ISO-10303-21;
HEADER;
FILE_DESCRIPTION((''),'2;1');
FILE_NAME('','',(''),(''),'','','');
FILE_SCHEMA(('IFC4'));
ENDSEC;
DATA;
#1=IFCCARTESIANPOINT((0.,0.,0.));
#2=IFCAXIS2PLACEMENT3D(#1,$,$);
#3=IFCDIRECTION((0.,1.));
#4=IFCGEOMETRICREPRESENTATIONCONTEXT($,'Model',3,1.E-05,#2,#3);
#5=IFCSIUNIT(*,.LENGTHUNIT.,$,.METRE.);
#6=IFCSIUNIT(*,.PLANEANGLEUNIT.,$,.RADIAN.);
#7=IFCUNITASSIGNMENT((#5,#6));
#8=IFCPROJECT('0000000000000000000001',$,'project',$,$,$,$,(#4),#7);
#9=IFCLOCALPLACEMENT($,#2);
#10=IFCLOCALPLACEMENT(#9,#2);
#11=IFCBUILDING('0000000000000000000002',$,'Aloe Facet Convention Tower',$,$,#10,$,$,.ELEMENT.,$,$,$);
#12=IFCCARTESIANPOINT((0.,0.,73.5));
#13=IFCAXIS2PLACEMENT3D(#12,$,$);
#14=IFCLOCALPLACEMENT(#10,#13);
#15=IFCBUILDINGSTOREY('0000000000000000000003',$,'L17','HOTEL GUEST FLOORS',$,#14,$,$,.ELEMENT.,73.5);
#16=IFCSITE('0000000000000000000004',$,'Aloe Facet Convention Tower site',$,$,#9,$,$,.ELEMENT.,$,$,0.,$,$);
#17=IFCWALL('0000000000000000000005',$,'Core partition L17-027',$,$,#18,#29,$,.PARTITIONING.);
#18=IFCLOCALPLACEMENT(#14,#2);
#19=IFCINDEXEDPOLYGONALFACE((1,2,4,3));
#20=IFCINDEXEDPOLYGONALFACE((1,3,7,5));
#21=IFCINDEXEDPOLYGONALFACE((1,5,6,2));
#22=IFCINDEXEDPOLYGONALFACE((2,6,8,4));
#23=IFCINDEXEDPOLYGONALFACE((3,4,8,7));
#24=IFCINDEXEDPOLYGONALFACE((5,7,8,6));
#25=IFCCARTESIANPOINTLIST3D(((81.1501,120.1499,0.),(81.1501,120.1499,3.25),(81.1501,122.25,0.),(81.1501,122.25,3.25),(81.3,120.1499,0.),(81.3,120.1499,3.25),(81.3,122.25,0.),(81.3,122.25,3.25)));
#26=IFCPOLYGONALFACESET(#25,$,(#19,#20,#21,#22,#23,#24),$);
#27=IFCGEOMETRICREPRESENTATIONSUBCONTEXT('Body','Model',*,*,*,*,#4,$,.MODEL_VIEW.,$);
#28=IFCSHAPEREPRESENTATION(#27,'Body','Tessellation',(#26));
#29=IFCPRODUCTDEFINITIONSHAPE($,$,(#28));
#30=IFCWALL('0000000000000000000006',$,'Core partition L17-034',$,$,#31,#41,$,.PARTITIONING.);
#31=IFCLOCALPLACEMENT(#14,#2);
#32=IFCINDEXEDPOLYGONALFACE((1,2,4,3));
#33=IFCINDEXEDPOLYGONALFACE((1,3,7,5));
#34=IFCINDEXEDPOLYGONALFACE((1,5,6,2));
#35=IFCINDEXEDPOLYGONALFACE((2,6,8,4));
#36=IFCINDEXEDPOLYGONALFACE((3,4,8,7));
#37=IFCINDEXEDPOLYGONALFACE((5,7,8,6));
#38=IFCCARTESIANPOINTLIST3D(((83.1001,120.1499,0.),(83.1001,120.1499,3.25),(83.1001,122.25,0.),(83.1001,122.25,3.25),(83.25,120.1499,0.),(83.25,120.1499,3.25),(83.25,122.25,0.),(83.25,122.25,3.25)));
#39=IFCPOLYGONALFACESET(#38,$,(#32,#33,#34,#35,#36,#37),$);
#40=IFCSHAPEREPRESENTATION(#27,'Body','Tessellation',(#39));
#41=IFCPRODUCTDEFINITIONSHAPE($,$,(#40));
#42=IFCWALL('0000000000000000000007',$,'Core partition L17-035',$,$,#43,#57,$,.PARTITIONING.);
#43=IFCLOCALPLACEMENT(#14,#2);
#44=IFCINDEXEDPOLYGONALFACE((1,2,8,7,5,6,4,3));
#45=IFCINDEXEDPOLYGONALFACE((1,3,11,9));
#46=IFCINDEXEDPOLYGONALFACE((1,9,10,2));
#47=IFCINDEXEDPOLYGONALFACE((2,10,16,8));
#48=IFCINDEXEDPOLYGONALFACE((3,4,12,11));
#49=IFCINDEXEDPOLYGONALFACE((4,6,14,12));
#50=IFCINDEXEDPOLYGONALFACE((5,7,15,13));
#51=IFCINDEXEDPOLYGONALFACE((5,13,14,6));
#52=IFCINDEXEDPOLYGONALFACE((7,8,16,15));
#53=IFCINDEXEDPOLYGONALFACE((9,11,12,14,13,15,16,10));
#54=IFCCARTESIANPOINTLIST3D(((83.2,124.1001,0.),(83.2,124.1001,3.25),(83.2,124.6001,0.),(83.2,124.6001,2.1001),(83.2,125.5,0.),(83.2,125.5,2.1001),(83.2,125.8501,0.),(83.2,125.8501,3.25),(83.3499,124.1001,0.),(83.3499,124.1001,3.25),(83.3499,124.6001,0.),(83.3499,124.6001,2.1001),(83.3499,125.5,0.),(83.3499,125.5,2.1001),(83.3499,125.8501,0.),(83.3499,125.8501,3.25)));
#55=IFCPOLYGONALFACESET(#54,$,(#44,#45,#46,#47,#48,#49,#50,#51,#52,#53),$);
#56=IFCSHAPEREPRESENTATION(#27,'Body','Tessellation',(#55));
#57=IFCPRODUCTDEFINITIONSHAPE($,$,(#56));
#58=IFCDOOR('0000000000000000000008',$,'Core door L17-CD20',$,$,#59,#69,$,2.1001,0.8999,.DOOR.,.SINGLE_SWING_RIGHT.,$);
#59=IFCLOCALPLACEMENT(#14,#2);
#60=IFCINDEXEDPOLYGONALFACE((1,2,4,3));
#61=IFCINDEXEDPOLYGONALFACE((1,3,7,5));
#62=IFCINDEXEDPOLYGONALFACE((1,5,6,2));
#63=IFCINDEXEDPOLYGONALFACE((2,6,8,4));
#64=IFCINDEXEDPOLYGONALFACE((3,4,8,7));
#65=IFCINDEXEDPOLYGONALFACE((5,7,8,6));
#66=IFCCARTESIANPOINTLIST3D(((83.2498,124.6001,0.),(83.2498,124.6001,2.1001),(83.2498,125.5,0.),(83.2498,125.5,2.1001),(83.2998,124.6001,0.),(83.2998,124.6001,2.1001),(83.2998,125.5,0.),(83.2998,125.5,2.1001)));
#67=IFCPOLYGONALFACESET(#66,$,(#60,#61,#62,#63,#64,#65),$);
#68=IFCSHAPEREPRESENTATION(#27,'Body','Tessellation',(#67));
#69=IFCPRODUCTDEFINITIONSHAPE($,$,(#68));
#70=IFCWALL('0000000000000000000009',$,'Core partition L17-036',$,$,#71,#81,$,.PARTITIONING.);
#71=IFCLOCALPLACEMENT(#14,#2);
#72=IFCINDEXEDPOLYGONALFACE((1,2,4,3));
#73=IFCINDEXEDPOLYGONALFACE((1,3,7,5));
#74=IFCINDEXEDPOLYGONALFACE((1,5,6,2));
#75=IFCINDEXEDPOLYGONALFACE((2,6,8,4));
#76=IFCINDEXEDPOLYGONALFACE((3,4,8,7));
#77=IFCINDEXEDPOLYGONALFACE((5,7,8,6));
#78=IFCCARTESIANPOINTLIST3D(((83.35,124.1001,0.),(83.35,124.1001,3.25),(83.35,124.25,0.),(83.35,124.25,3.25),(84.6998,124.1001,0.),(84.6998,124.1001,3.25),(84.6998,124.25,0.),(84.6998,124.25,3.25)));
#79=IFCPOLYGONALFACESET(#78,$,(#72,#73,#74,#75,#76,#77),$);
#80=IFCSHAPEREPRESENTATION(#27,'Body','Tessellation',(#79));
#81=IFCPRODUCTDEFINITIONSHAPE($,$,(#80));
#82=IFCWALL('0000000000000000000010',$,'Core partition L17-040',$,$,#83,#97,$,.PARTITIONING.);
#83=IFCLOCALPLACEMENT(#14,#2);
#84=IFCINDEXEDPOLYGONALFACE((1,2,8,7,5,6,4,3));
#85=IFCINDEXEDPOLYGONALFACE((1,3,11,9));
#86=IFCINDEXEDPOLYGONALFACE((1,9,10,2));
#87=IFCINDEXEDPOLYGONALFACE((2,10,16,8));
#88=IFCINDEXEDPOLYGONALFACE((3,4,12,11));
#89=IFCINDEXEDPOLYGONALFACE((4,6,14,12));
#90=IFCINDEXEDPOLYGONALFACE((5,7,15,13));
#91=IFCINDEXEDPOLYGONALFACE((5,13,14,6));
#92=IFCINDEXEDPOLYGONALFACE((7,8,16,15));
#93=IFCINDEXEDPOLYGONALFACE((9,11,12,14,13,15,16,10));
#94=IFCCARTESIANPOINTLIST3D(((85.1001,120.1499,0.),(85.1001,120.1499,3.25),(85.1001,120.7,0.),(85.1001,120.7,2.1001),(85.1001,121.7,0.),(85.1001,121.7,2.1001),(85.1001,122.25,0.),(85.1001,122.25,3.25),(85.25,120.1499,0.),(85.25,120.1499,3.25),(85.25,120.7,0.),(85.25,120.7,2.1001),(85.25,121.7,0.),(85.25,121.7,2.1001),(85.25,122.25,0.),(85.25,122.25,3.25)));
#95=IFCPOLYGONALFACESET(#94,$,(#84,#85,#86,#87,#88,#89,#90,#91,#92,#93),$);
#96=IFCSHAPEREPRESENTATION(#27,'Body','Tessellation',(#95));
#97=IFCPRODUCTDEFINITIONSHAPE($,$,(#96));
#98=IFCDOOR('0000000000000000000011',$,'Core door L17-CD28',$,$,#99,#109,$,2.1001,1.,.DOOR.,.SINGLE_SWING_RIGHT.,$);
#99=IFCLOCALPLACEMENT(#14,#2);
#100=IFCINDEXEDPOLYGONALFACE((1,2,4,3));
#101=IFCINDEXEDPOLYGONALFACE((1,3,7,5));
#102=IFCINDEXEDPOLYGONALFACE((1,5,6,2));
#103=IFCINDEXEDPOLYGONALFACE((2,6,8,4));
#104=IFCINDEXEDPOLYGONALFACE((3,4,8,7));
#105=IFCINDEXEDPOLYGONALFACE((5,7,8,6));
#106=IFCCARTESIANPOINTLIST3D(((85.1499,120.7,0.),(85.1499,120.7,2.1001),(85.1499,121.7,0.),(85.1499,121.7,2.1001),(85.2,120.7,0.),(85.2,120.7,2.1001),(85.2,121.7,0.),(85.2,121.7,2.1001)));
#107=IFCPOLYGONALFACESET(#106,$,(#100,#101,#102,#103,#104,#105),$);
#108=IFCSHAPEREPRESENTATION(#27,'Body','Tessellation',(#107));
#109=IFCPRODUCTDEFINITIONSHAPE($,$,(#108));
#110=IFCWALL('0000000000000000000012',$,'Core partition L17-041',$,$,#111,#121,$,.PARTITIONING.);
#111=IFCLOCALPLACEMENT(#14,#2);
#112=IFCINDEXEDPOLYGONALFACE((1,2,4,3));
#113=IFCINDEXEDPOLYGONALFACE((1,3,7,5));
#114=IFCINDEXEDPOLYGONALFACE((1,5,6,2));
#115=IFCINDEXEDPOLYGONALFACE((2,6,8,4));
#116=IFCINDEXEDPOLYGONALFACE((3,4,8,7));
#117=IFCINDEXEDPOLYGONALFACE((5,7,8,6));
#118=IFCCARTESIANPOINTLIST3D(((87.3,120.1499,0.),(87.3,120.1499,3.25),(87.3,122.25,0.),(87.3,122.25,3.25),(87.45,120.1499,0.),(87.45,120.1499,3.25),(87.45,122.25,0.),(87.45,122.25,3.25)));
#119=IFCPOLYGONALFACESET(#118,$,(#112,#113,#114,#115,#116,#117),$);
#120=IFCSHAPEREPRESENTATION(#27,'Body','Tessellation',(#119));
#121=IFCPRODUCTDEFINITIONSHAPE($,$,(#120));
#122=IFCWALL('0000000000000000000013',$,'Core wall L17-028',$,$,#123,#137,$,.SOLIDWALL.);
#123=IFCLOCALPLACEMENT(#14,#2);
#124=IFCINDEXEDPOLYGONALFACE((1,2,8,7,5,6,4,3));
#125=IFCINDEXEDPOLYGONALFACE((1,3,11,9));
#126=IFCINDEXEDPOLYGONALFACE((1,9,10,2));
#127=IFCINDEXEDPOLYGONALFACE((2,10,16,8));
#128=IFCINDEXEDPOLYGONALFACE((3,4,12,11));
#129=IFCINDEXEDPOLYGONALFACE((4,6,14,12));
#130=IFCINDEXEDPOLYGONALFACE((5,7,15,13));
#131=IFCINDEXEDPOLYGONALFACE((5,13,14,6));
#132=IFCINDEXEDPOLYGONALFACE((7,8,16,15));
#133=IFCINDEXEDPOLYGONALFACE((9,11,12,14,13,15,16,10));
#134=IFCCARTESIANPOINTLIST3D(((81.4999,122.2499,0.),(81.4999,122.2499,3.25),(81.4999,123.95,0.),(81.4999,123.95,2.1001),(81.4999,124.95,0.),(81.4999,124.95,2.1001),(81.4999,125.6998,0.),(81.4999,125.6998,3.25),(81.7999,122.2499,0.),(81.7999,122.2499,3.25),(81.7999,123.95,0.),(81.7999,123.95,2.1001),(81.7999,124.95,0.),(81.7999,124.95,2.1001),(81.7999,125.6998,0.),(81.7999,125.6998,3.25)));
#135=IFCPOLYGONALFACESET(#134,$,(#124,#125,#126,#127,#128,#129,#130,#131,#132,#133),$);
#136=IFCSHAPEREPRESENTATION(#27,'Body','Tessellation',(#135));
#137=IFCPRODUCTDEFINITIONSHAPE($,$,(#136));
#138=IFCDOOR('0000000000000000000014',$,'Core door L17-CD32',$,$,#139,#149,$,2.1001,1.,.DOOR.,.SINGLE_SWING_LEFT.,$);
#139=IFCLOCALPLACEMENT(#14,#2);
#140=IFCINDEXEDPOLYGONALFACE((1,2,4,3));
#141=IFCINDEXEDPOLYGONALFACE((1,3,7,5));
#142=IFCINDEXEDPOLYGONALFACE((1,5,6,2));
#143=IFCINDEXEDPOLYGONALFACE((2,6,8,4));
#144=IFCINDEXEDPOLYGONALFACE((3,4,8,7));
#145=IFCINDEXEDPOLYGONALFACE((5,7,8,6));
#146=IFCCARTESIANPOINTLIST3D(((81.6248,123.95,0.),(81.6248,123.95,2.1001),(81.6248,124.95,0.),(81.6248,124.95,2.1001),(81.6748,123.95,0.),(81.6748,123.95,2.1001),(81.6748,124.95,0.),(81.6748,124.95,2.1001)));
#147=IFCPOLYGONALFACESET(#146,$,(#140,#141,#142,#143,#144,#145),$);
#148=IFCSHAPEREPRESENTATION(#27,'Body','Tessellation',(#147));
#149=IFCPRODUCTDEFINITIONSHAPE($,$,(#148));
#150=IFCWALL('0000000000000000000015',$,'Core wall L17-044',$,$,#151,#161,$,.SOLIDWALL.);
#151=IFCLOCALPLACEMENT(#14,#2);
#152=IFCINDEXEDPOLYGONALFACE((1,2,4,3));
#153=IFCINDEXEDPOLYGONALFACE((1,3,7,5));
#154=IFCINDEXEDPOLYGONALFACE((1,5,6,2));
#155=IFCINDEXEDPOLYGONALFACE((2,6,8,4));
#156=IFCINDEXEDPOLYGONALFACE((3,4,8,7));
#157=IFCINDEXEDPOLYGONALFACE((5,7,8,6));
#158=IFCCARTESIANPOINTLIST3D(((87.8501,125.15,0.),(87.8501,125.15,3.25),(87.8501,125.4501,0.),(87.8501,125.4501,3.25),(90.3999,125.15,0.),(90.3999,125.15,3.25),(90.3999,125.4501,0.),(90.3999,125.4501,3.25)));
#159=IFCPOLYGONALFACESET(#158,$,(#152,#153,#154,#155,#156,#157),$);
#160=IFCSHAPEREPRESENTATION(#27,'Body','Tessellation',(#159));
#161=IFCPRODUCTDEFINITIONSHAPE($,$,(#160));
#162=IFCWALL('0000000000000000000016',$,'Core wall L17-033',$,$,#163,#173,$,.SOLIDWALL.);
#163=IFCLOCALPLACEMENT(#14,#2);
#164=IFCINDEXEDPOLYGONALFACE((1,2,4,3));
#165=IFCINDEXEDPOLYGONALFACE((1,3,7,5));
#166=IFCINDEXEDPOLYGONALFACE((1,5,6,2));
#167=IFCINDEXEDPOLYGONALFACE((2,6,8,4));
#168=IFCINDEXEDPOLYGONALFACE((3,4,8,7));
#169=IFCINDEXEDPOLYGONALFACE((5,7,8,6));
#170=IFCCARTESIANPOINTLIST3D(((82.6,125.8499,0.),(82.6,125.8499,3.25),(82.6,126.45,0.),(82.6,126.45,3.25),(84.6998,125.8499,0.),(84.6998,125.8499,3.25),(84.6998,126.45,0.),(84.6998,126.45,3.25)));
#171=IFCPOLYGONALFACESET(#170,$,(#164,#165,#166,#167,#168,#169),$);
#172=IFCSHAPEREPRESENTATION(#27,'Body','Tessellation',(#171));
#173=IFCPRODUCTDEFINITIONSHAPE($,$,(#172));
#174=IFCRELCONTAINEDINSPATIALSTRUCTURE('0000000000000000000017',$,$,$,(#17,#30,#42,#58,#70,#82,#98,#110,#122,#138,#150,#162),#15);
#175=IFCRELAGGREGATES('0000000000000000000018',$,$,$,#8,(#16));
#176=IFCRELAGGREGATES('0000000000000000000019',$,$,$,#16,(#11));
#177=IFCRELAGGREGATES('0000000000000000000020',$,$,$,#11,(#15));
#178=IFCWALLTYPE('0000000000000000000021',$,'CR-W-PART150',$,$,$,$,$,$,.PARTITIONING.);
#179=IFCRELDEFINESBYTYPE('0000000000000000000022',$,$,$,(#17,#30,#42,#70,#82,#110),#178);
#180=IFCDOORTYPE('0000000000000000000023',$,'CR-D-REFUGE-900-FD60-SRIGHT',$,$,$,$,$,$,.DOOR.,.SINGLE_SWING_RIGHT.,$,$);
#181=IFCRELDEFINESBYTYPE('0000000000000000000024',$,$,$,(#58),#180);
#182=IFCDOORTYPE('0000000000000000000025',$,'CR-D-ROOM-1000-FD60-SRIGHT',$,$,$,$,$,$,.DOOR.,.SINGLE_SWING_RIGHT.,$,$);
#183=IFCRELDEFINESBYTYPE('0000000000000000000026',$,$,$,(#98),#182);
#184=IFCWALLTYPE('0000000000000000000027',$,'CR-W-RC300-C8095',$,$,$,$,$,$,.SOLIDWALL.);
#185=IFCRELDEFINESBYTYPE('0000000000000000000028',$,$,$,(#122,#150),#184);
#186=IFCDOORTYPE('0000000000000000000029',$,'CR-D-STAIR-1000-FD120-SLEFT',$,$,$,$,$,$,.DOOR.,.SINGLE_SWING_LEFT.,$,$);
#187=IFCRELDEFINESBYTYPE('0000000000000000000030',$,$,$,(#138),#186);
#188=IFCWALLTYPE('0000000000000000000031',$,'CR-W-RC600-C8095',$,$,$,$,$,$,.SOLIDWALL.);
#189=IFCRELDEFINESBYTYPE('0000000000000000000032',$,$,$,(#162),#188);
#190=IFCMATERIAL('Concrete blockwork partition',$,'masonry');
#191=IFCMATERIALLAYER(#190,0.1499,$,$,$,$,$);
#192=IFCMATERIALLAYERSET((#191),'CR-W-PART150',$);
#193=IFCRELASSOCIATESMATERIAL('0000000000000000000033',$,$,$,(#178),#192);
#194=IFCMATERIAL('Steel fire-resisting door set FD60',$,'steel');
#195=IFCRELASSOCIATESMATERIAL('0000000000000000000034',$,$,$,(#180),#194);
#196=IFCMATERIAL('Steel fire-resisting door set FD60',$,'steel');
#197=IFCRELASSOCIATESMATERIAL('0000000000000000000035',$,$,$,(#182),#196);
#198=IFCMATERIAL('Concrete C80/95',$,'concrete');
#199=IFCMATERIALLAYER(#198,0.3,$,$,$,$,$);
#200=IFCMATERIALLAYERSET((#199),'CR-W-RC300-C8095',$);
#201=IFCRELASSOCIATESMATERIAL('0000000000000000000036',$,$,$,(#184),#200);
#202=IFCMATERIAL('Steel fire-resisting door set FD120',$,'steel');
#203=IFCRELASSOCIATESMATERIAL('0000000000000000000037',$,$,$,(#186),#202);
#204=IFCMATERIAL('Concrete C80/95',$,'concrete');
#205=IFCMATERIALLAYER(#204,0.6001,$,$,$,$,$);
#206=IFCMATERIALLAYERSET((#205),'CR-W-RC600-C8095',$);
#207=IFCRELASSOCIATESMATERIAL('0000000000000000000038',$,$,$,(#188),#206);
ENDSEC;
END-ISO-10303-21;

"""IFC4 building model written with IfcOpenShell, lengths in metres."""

from ifc_helpers import new_model, si_unit, direction, frame, frame_2d, origin, place, context, subcontext, project, spatial, rectangle, extrude, material, layer, layer_set, type_object, element, fill, save


model = new_model("IFC4")

# Units and contexts
model_context = context("Model", 3, precision=1e-05, world=origin(), true_north=direction((0.0, 1.0)))
body_context = subcontext(model_context, "Body", "Model", "MODEL_VIEW")
ifc_project = project(units=[si_unit("LENGTHUNIT", "METRE"), si_unit("PLANEANGLEUNIT", "RADIAN")], contexts=[model_context])

# Site, building, storey
site_placement = place(None, origin())
site = spatial("IfcSite", under=ifc_project, at=site_placement, Name="Aloe Facet Convention Tower site", CompositionType="ELEMENT", RefElevation=0.0)
building_placement = place(site_placement, origin())
building = spatial("IfcBuilding", under=site, at=building_placement, Name="Aloe Facet Convention Tower", CompositionType="ELEMENT")
storey_placement = place(building_placement, frame((0.0, 0.0, 73.5)))
storey = spatial("IfcBuildingStorey", under=building, at=storey_placement, Name="L17", Description="HOTEL GUEST FLOORS", CompositionType="ELEMENT", Elevation=73.5)

# Walls
ifc_material_1 = material(Name="Concrete blockwork partition", Category="masonry")
ifc_layer_1 = layer(ifc_material_1, 0.1499)
ifc_layer_set_1 = layer_set([ifc_layer_1], Name="CR-W-PART150")
wall_type_1 = type_object("IfcWallType", Name="CR-W-PART150", PredefinedType="PARTITIONING", material=ifc_layer_set_1)
for number, where, z_axis, x_axis, name in (
    (1, (81.2251, 122.25, 0.0), (0.0, 0.0, 1.0), (0.0, -1.0, 0.0), "Core partition L17-027"),
    (2, (83.175, 122.25, 0.0), (0.0, 0.0, 1.0), (0.0, -1.0, 0.0), "Core partition L17-034"),
):
    element("IfcWall", number, at=place(storey_placement, frame(where, z_axis=z_axis, x_axis=x_axis)), inside=storey, type_object=wall_type_1, Name=name, PredefinedType="PARTITIONING", context=body_context, shape_type="SweptSolid", body=[
        extrude(rectangle(XDim=2.1001, YDim=0.1499, at=frame_2d((1.05, 0.0))), origin(), (0.0, 0.0, 1.0), 3.25),
    ])

# Wall, opening, door
wall_1_placement = place(storey_placement, frame((83.2749, 125.8501, 0.0), z_axis=(0.0, 0.0, 1.0), x_axis=(0.0, -1.0, 0.0)))
wall_1 = element("IfcWall", 3, at=wall_1_placement, inside=storey, type_object=wall_type_1, Name="Core partition L17-035", PredefinedType="PARTITIONING", context=body_context, shape_type="SweptSolid", body=[
    extrude(rectangle(XDim=1.75, YDim=0.1499, at=frame_2d((0.875, 0.0))), origin(), (0.0, 0.0, 1.0), 3.25),
])
opening_1_placement = place(wall_1_placement, frame((0.3501, 0.0, 0.0)))
opening_1 = element("IfcOpeningElement", 4, at=opening_1_placement, cuts=wall_1, PredefinedType="OPENING", context=body_context, shape_type="SweptSolid", body=[
    extrude(rectangle(XDim=0.8999, YDim=2.1001, at=frame_2d((0.45, 1.05))), frame((0.0, 0.085, 0.0), z_axis=(0.0, -1.0, 0.0), x_axis=(1.0, 0.0, 0.0)), (0.0, 0.0, 1.0), 0.1699),
])
ifc_material_2 = material(Name="Steel fire-resisting door set FD60", Category="steel")
door_type_1 = type_object("IfcDoorType", Name="CR-D-REFUGE-900-FD60-SRIGHT", OperationType="SINGLE_SWING_RIGHT", PredefinedType="DOOR", material=ifc_material_2)
door_1_placement = place(opening_1_placement, origin())
door_1 = element("IfcDoor", 5, at=door_1_placement, inside=storey, type_object=door_type_1, Name="Core door L17-CD20", OperationType="SINGLE_SWING_RIGHT", OverallHeight=2.1001, OverallWidth=0.8999, PredefinedType="DOOR", context=body_context, shape_type="SweptSolid", body=[
    extrude(rectangle(XDim=0.8999, YDim=2.1001, at=frame_2d((0.45, 1.05))), frame((0.0, 0.0249, 0.0), z_axis=(0.0, -1.0, 0.0), x_axis=(1.0, 0.0, 0.0)), (0.0, 0.0, 1.0), 0.05),
])
fill(opening_1, door_1)

# Wall
wall_2_placement = place(storey_placement, frame((83.3501, 124.175, 0.0), z_axis=(0.0, 0.0, 1.0), x_axis=(1.0, 0.0, 0.0)))
element("IfcWall", 6, at=wall_2_placement, inside=storey, type_object=wall_type_1, Name="Core partition L17-036", PredefinedType="PARTITIONING", context=body_context, shape_type="SweptSolid", body=[
    extrude(rectangle(XDim=1.3499, YDim=0.1499, at=frame_2d((0.6748, 0.0))), origin(), (0.0, 0.0, 1.0), 3.25),
])

# Wall, opening, door
wall_3_placement = place(storey_placement, frame((85.175, 122.25, 0.0), z_axis=(0.0, 0.0, 1.0), x_axis=(0.0, -1.0, 0.0)))
wall_3 = element("IfcWall", 7, at=wall_3_placement, inside=storey, type_object=wall_type_1, Name="Core partition L17-040", PredefinedType="PARTITIONING", context=body_context, shape_type="SweptSolid", body=[
    extrude(rectangle(XDim=2.1001, YDim=0.1499, at=frame_2d((1.05, 0.0))), origin(), (0.0, 0.0, 1.0), 3.25),
])
opening_2_placement = place(wall_3_placement, frame((0.55, 0.0, 0.0)))
opening_2 = element("IfcOpeningElement", 8, at=opening_2_placement, cuts=wall_3, PredefinedType="OPENING", context=body_context, shape_type="SweptSolid", body=[
    extrude(rectangle(XDim=1.0, YDim=2.1001, at=frame_2d((0.5, 1.05))), frame((0.0, 0.085, 0.0), z_axis=(0.0, -1.0, 0.0), x_axis=(1.0, 0.0, 0.0)), (0.0, 0.0, 1.0), 0.1699),
])
ifc_material_3 = material(Name="Steel fire-resisting door set FD60", Category="steel")
door_type_2 = type_object("IfcDoorType", Name="CR-D-ROOM-1000-FD60-SRIGHT", OperationType="SINGLE_SWING_RIGHT", PredefinedType="DOOR", material=ifc_material_3)
door_2_placement = place(opening_2_placement, origin())
door_2 = element("IfcDoor", 9, at=door_2_placement, inside=storey, type_object=door_type_2, Name="Core door L17-CD28", OperationType="SINGLE_SWING_RIGHT", OverallHeight=2.1001, OverallWidth=1.0, PredefinedType="DOOR", context=body_context, shape_type="SweptSolid", body=[
    extrude(rectangle(XDim=1.0, YDim=2.1001, at=frame_2d((0.5, 1.05))), frame((0.0, 0.0249, 0.0), z_axis=(0.0, -1.0, 0.0), x_axis=(1.0, 0.0, 0.0)), (0.0, 0.0, 1.0), 0.05),
])
fill(opening_2, door_2)

# Wall
wall_4_placement = place(storey_placement, frame((87.375, 122.25, 0.0), z_axis=(0.0, 0.0, 1.0), x_axis=(0.0, -1.0, 0.0)))
element("IfcWall", 10, at=wall_4_placement, inside=storey, type_object=wall_type_1, Name="Core partition L17-041", PredefinedType="PARTITIONING", context=body_context, shape_type="SweptSolid", body=[
    extrude(rectangle(XDim=2.1001, YDim=0.1499, at=frame_2d((1.05, 0.0))), origin(), (0.0, 0.0, 1.0), 3.25),
])

# Wall, opening, door
ifc_material_4 = material(Name="Concrete C80/95", Category="concrete")
ifc_layer_2 = layer(ifc_material_4, 0.3)
ifc_layer_set_2 = layer_set([ifc_layer_2], Name="CR-W-RC300-C8095")
wall_type_2 = type_object("IfcWallType", Name="CR-W-RC300-C8095", PredefinedType="SOLIDWALL", material=ifc_layer_set_2)
wall_5_placement = place(storey_placement, frame((81.6499, 125.7, 0.0), z_axis=(0.0, 0.0, 1.0), x_axis=(0.0, -1.0, 0.0)))
wall_5 = element("IfcWall", 11, at=wall_5_placement, inside=storey, type_object=wall_type_2, Name="Core wall L17-028", PredefinedType="SOLIDWALL", context=body_context, shape_type="SweptSolid", body=[
    extrude(rectangle(XDim=3.45, YDim=0.3, at=frame_2d((1.7251, 0.0))), origin(), (0.0, 0.0, 1.0), 3.25),
])
opening_3_placement = place(wall_5_placement, frame((0.75, 0.0, 0.0)))
opening_3 = element("IfcOpeningElement", 12, at=opening_3_placement, cuts=wall_5, PredefinedType="OPENING", context=body_context, shape_type="SweptSolid", body=[
    extrude(rectangle(XDim=1.0, YDim=2.1001, at=frame_2d((0.5, 1.05))), frame((0.0, 0.1602, 0.0), z_axis=(0.0, -1.0, 0.0), x_axis=(1.0, 0.0, 0.0)), (0.0, 0.0, 1.0), 0.3201),
])
ifc_material_5 = material(Name="Steel fire-resisting door set FD120", Category="steel")
door_type_3 = type_object("IfcDoorType", Name="CR-D-STAIR-1000-FD120-SLEFT", OperationType="SINGLE_SWING_LEFT", PredefinedType="DOOR", material=ifc_material_5)
door_3_placement = place(opening_3_placement, origin())
door_3 = element("IfcDoor", 13, at=door_3_placement, inside=storey, type_object=door_type_3, Name="Core door L17-CD32", OperationType="SINGLE_SWING_LEFT", OverallHeight=2.1001, OverallWidth=1.0, PredefinedType="DOOR", context=body_context, shape_type="SweptSolid", body=[
    extrude(rectangle(XDim=1.0, YDim=2.1001, at=frame_2d((0.5, 1.05))), frame((0.0, 0.0249, 0.0), z_axis=(0.0, -1.0, 0.0), x_axis=(1.0, 0.0, 0.0)), (0.0, 0.0, 1.0), 0.05),
])
fill(opening_3, door_3)

# Walls
wall_6_placement = place(storey_placement, frame((87.8501, 125.3, 0.0), z_axis=(0.0, 0.0, 1.0), x_axis=(1.0, 0.0, 0.0)))
element("IfcWall", 14, at=wall_6_placement, inside=storey, type_object=wall_type_2, Name="Core wall L17-044", PredefinedType="SOLIDWALL", context=body_context, shape_type="SweptSolid", body=[
    extrude(rectangle(XDim=2.5498, YDim=0.3, at=frame_2d((1.2749, 0.0))), origin(), (0.0, 0.0, 1.0), 3.25),
])
ifc_material_6 = material(Name="Concrete C80/95", Category="concrete")
ifc_layer_3 = layer(ifc_material_6, 0.6001)
ifc_layer_set_3 = layer_set([ifc_layer_3], Name="CR-W-RC600-C8095")
wall_type_3 = type_object("IfcWallType", Name="CR-W-RC600-C8095", PredefinedType="SOLIDWALL", material=ifc_layer_set_3)
wall_7_placement = place(storey_placement, frame((82.6001, 126.1499, 0.0), z_axis=(0.0, 0.0, 1.0), x_axis=(1.0, 0.0, 0.0)))
element("IfcWall", 15, at=wall_7_placement, inside=storey, type_object=wall_type_3, Name="Core wall L17-033", PredefinedType="SOLIDWALL", context=body_context, shape_type="SweptSolid", body=[
    extrude(rectangle(XDim=2.0999, YDim=0.6001, at=frame_2d((1.0498, 0.0))), origin(), (0.0, 0.0, 1.0), 3.25),
])

save(model, "model.ifc")
